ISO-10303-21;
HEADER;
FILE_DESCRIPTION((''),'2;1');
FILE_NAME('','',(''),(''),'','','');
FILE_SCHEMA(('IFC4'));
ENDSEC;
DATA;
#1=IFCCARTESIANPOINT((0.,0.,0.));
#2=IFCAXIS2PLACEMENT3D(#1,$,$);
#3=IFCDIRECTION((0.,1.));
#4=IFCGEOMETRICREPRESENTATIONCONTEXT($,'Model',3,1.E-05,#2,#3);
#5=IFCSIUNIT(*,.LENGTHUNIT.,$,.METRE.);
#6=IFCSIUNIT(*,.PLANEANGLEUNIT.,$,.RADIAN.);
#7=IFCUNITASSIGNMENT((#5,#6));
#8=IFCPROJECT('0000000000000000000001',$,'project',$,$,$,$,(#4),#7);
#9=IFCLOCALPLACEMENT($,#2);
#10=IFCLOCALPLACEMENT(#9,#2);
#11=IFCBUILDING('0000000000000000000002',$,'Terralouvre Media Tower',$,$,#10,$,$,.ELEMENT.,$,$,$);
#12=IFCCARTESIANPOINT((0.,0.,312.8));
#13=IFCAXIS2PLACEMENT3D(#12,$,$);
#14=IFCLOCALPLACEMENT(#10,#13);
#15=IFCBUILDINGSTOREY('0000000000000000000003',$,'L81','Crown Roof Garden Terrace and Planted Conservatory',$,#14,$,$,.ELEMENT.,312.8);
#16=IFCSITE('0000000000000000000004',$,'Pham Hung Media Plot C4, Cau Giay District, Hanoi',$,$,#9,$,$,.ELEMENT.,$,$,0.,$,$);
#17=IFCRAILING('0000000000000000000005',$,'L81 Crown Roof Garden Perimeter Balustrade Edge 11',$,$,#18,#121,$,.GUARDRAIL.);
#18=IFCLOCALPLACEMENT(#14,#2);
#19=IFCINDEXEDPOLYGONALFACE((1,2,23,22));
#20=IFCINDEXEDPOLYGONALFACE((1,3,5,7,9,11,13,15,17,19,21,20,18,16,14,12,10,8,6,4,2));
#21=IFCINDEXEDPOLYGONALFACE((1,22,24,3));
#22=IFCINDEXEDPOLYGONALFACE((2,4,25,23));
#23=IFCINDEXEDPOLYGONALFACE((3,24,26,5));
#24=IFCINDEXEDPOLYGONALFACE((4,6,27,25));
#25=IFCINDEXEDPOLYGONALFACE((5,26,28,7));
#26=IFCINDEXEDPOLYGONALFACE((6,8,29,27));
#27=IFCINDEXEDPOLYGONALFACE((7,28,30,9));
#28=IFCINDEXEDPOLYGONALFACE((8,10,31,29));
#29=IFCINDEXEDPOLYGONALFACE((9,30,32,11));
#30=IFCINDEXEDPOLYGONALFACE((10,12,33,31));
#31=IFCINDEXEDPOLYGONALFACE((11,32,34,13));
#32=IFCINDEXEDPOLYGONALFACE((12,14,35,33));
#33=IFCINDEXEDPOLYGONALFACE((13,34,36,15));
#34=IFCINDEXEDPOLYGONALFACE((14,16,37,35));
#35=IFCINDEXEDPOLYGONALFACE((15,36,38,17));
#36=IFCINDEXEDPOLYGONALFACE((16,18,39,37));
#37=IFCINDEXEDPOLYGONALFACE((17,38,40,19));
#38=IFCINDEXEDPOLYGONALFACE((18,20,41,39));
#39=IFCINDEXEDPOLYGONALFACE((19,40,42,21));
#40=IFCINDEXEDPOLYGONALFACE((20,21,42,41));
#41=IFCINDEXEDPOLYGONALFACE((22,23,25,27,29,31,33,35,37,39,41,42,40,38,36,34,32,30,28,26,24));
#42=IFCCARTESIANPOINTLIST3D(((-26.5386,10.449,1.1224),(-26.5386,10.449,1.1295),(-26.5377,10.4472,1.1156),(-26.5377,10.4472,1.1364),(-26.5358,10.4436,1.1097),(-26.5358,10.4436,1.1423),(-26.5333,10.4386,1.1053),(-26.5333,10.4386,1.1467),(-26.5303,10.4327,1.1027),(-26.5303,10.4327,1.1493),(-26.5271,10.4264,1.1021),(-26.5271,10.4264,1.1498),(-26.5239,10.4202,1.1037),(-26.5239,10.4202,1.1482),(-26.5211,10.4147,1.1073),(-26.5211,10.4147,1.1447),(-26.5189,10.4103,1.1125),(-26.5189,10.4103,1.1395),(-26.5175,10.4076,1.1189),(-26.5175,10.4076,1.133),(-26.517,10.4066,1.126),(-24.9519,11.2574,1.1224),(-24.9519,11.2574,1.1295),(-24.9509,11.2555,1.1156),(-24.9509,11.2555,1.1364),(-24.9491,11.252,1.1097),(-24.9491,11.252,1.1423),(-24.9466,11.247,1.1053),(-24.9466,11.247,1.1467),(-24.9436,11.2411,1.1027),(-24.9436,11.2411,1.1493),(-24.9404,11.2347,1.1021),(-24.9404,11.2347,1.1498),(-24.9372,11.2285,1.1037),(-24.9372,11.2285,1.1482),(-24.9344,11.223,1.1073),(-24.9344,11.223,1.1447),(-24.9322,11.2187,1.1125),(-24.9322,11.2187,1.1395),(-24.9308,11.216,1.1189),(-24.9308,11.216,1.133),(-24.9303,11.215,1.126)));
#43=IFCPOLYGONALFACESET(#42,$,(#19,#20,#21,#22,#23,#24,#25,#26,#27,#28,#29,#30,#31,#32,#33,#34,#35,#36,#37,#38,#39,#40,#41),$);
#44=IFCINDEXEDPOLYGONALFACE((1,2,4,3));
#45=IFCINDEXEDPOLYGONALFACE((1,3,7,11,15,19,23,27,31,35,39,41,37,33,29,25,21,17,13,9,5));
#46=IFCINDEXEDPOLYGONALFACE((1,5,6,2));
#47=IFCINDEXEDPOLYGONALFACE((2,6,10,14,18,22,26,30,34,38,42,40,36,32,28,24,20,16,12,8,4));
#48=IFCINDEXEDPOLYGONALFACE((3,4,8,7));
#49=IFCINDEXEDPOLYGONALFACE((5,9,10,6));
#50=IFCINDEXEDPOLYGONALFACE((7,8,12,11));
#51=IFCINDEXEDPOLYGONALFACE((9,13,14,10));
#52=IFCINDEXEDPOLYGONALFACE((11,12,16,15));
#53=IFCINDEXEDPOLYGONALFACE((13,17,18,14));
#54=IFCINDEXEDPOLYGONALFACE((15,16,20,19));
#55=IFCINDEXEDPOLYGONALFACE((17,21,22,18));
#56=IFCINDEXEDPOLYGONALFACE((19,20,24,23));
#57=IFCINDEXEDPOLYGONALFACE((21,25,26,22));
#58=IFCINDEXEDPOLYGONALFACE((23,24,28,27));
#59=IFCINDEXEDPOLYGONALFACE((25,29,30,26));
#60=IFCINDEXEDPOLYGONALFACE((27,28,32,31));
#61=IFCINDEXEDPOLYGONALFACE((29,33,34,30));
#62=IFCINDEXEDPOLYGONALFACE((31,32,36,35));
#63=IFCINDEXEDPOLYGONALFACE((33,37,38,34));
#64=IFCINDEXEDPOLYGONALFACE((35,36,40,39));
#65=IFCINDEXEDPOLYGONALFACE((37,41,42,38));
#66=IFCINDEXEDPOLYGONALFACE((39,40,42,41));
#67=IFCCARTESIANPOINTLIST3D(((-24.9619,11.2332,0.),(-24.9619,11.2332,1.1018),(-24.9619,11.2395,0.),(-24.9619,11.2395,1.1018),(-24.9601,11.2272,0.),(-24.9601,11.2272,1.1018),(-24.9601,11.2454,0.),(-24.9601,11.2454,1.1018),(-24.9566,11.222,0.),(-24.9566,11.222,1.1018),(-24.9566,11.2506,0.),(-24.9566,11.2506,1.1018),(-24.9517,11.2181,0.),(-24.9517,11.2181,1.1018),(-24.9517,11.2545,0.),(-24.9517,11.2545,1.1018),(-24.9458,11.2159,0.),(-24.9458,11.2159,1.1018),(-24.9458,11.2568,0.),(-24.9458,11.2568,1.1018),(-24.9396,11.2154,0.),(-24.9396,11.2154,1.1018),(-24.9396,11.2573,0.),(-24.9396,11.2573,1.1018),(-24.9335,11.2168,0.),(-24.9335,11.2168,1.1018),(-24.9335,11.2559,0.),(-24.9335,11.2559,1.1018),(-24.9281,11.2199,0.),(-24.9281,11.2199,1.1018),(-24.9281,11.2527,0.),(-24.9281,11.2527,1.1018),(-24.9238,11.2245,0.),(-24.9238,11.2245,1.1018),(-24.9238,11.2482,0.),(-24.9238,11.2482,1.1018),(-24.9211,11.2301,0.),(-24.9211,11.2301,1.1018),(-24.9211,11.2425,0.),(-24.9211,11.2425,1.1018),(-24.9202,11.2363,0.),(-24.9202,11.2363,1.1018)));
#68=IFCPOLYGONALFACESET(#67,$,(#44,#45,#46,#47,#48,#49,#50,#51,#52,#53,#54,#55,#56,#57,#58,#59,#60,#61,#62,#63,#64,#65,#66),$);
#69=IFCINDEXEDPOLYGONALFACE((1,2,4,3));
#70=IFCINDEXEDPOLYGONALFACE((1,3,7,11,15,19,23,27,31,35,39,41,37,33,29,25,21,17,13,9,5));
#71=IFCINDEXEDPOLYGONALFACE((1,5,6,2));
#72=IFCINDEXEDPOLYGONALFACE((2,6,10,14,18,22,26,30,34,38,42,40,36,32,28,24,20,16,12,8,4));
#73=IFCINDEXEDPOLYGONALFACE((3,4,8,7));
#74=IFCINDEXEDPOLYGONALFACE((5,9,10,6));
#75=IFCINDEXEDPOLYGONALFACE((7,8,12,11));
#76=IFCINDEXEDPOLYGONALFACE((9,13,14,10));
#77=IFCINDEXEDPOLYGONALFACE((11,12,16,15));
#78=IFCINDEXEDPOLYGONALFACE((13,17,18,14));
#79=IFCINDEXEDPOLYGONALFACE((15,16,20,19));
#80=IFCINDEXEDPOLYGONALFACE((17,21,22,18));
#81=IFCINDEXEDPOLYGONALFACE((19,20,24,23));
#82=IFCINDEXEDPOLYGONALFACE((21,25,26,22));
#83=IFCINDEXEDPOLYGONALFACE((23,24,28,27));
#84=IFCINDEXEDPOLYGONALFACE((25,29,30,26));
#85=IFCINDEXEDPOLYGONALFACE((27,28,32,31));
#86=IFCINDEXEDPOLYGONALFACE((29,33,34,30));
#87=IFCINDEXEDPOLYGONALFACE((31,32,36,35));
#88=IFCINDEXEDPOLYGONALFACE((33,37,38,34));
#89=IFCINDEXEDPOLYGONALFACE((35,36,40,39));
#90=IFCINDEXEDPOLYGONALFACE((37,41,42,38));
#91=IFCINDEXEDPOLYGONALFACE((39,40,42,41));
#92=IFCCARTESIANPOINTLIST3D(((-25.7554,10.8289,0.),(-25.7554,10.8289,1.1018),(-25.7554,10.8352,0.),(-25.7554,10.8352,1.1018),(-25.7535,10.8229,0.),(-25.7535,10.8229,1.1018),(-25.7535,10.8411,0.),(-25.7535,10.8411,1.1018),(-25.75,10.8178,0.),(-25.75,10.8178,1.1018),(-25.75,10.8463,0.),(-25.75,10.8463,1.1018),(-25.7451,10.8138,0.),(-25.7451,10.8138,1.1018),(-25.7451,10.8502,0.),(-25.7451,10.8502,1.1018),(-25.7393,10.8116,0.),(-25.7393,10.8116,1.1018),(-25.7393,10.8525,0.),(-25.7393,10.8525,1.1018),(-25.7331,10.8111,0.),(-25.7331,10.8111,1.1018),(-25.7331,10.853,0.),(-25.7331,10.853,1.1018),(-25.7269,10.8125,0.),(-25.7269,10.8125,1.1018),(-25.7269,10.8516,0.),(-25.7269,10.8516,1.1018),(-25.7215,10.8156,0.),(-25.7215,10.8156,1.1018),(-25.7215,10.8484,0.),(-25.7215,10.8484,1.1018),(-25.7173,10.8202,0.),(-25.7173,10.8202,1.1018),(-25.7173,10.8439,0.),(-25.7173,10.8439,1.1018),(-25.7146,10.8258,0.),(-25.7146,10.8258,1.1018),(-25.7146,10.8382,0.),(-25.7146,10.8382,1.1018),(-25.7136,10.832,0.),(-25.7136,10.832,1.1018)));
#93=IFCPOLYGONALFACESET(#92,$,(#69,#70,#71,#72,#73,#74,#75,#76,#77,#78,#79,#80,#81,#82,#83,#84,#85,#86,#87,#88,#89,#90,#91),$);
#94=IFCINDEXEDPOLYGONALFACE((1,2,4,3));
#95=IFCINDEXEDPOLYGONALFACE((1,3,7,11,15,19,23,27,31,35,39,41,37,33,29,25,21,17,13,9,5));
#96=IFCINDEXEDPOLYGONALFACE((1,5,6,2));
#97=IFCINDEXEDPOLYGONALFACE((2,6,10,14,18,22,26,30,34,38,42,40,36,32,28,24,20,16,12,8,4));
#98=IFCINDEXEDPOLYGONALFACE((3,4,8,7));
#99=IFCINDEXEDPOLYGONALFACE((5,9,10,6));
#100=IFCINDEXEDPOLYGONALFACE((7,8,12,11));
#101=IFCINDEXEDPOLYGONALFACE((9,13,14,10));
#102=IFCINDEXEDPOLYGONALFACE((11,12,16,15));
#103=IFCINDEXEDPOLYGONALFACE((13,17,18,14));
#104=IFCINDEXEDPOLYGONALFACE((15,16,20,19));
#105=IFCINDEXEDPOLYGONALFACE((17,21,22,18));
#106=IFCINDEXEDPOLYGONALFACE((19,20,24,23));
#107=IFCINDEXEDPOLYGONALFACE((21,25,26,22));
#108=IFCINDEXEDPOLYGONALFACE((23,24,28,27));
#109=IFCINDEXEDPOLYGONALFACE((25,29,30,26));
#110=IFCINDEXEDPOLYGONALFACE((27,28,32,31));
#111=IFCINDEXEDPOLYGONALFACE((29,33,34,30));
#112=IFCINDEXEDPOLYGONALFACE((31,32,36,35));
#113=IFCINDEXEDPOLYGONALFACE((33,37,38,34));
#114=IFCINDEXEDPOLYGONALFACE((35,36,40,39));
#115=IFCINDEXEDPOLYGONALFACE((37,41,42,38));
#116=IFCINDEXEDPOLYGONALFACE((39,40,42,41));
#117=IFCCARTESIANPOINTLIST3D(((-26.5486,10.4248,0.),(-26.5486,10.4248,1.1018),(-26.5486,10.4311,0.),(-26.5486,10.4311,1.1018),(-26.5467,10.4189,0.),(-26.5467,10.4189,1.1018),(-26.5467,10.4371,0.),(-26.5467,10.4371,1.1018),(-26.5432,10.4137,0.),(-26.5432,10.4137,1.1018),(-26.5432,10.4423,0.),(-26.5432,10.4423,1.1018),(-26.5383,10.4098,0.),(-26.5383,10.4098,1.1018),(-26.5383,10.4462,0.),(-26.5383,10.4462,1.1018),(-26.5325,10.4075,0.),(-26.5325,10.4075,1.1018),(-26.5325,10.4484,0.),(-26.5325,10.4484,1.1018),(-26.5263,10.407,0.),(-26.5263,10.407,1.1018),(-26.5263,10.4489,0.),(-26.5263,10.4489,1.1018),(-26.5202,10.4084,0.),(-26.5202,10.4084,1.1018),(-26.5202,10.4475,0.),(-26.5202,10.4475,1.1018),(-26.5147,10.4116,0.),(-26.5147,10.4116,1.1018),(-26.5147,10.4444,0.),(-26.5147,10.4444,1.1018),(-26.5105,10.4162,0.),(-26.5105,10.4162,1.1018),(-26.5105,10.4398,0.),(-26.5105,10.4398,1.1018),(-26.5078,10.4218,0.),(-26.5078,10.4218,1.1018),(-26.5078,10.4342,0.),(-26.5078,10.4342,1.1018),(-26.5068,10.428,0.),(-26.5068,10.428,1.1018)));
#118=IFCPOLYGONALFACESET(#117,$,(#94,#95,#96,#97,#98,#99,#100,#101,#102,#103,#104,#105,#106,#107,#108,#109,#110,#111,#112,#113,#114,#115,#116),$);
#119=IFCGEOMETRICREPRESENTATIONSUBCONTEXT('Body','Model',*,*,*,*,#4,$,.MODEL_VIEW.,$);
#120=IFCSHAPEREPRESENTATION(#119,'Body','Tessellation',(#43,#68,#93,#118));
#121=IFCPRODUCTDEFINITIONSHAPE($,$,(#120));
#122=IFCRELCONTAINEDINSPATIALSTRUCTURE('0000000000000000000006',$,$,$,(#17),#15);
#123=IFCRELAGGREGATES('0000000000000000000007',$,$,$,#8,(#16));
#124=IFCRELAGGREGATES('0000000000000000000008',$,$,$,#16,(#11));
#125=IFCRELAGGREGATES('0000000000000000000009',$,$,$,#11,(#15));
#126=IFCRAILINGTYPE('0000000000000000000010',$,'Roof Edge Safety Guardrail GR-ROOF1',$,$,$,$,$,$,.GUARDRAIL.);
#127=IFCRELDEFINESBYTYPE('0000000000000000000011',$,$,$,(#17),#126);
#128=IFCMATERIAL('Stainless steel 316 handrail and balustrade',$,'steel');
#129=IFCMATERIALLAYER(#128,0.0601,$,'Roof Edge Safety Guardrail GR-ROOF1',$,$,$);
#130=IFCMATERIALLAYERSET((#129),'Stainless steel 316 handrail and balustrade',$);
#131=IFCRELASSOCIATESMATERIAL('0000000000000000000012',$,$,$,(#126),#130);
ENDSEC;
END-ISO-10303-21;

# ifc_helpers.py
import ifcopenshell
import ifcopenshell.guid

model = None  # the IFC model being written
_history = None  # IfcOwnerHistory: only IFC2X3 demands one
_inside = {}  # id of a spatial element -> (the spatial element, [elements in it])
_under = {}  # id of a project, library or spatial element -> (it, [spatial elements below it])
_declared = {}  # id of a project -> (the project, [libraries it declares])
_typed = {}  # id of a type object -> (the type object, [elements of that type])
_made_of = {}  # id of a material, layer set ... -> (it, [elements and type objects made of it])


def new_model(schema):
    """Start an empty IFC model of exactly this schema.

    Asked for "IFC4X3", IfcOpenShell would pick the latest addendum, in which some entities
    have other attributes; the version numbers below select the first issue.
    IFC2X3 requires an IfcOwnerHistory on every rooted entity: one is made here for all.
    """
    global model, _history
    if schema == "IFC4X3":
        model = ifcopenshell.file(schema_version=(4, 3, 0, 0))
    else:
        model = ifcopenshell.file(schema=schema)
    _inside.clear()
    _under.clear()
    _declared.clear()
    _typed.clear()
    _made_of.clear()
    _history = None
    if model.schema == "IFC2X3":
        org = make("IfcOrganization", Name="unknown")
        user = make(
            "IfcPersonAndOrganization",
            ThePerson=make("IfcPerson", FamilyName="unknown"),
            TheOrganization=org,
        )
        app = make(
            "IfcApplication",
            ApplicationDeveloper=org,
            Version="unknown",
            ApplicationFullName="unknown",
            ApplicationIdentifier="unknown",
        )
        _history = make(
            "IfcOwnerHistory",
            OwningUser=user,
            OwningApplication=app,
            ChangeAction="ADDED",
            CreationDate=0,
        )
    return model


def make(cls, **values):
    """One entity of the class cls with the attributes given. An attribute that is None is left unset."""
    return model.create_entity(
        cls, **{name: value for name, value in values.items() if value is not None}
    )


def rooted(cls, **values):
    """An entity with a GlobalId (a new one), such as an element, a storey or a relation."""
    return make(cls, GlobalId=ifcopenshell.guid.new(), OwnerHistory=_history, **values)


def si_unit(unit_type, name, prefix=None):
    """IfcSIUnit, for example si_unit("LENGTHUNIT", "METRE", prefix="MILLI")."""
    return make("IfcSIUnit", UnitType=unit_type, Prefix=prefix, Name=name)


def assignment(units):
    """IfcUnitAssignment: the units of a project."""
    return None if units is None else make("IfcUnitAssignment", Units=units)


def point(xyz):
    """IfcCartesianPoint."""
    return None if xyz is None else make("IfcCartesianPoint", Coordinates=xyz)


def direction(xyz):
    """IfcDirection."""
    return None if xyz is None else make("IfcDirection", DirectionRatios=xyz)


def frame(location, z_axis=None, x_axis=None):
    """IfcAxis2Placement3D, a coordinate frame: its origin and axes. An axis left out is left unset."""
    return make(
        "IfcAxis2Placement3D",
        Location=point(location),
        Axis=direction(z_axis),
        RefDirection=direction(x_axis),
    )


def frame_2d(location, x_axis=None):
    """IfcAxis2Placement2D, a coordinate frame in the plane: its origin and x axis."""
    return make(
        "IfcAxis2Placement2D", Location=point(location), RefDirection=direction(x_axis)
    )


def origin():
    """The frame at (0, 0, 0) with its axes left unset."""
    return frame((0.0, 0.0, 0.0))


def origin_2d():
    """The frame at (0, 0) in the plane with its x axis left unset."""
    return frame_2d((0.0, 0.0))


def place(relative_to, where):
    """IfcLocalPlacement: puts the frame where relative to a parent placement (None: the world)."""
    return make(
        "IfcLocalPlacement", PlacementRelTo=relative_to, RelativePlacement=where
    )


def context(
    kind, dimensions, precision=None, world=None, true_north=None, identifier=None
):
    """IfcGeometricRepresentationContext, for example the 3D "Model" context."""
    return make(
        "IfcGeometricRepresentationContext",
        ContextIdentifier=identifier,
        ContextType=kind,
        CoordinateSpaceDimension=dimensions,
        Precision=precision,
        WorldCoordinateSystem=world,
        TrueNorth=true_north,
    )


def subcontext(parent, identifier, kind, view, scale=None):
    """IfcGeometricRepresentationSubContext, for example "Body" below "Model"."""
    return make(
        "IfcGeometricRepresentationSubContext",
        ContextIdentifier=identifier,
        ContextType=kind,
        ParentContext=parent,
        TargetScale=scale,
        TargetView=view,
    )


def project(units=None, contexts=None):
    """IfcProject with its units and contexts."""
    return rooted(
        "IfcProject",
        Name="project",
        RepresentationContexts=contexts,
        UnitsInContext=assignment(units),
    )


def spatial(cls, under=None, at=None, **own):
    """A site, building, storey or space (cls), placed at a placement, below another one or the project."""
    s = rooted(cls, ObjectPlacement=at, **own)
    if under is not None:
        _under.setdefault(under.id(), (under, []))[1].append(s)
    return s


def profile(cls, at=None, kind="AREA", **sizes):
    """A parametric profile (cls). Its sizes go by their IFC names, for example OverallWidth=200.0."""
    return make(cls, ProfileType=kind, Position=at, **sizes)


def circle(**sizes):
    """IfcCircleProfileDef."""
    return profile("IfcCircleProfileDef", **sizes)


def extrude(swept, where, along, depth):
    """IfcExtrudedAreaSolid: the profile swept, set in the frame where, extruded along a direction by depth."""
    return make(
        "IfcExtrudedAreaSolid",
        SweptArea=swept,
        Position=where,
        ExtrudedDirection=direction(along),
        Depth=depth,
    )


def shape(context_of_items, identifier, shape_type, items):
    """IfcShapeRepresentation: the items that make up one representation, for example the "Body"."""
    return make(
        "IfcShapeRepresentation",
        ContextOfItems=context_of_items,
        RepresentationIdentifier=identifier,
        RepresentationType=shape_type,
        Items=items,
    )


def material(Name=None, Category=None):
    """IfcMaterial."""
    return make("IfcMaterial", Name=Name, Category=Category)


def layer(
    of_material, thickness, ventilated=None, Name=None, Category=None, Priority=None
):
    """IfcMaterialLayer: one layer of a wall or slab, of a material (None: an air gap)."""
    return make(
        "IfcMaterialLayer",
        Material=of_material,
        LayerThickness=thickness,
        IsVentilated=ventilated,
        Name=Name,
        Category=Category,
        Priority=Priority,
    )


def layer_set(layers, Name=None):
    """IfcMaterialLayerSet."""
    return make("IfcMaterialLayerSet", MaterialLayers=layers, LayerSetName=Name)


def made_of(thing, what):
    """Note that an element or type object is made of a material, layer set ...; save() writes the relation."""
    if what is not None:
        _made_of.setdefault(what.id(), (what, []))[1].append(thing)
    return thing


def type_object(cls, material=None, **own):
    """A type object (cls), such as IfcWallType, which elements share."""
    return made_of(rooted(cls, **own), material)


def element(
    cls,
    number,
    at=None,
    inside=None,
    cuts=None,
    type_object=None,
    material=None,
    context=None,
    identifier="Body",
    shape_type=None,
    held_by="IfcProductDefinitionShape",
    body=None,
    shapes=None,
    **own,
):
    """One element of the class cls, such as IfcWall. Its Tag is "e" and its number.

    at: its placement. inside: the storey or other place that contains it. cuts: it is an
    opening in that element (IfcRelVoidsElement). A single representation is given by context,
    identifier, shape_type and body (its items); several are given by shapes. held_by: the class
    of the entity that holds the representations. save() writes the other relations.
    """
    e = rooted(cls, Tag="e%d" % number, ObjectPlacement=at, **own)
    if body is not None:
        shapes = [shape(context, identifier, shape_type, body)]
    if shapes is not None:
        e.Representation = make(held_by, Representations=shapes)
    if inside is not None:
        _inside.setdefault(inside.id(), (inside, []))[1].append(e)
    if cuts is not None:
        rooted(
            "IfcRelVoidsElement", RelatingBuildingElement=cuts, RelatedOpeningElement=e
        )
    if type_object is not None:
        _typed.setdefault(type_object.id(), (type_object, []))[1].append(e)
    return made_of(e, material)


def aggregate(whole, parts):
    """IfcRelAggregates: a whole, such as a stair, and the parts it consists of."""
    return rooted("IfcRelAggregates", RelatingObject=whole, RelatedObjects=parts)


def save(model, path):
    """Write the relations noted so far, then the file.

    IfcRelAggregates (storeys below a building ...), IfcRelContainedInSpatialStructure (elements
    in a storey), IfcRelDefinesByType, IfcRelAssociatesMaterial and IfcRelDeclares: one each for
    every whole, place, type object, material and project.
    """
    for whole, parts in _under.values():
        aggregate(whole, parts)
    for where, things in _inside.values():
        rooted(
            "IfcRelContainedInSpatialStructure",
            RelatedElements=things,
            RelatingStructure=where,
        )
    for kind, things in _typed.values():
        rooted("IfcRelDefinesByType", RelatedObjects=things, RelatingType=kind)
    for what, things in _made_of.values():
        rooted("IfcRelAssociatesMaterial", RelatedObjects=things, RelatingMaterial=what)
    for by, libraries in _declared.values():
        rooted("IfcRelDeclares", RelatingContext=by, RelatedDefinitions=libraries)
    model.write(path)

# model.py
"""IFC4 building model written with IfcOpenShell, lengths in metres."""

from ifc_helpers import new_model, si_unit, direction, frame, origin, origin_2d, place, context, subcontext, project, spatial, circle, extrude, material, layer, layer_set, type_object, element, save


model = new_model("IFC4")

# Units and contexts
model_context = context("Model", 3, precision=1e-05, world=origin(), true_north=direction((0.0, 1.0)))
body_context = subcontext(model_context, "Body", "Model", "MODEL_VIEW")
ifc_project = project(units=[si_unit("LENGTHUNIT", "METRE"), si_unit("PLANEANGLEUNIT", "RADIAN")], contexts=[model_context])

# Site, building, storey
site_placement = place(None, origin())
site = spatial("IfcSite", under=ifc_project, at=site_placement, Name="Pham Hung Media Plot C4, Cau Giay District, Hanoi", CompositionType="ELEMENT", RefElevation=0.0)
building_placement = place(site_placement, origin())
building = spatial("IfcBuilding", under=site, at=building_placement, Name="Terralouvre Media Tower", CompositionType="ELEMENT")
storey_placement = place(building_placement, frame((0.0, 0.0, 312.8)))
storey = spatial("IfcBuildingStorey", under=building, at=storey_placement, Name="L81", Description="Crown Roof Garden Terrace and Planted Conservatory", CompositionType="ELEMENT", Elevation=312.8)

# Railing
ifc_material_1 = material(Name="Stainless steel 316 handrail and balustrade", Category="steel")
ifc_layer_1 = layer(ifc_material_1, 0.0601, Name="Roof Edge Safety Guardrail GR-ROOF1")
ifc_layer_set_1 = layer_set([ifc_layer_1], Name="Stainless steel 316 handrail and balustrade")
railing_type = type_object("IfcRailingType", Name="Roof Edge Safety Guardrail GR-ROOF1", PredefinedType="GUARDRAIL", material=ifc_layer_set_1)
railing_1_placement = place(storey_placement, frame((-24.9412, 11.2363, 0.0)))
element("IfcRailing", 1, at=railing_1_placement, inside=storey, type_object=railing_type, Name="L81 Crown Roof Garden Perimeter Balustrade Edge 11", PredefinedType="GUARDRAIL", context=body_context, shape_type="SweptSolid", body=[
    extrude(circle(Radius=0.0239, at=origin_2d()), frame((0.0, 0.0, 1.126), z_axis=(-0.891029, -0.453946, 0.0), x_axis=(0.453946, -0.891029, 0.0)), (0.0, 0.0, 1.0), 1.7808),
    extrude(circle(Radius=0.021, at=origin_2d()), origin(), (0.0, 0.0, 1.0), 1.1018),
    extrude(circle(Radius=0.021, at=origin_2d()), frame((-0.7935, -0.4043, 0.0)), (0.0, 0.0, 1.0), 1.1018),
    extrude(circle(Radius=0.021, at=origin_2d()), frame((-1.5867, -0.8083, 0.0)), (0.0, 0.0, 1.0), 1.1018),
])

save(model, "model.ifc")
